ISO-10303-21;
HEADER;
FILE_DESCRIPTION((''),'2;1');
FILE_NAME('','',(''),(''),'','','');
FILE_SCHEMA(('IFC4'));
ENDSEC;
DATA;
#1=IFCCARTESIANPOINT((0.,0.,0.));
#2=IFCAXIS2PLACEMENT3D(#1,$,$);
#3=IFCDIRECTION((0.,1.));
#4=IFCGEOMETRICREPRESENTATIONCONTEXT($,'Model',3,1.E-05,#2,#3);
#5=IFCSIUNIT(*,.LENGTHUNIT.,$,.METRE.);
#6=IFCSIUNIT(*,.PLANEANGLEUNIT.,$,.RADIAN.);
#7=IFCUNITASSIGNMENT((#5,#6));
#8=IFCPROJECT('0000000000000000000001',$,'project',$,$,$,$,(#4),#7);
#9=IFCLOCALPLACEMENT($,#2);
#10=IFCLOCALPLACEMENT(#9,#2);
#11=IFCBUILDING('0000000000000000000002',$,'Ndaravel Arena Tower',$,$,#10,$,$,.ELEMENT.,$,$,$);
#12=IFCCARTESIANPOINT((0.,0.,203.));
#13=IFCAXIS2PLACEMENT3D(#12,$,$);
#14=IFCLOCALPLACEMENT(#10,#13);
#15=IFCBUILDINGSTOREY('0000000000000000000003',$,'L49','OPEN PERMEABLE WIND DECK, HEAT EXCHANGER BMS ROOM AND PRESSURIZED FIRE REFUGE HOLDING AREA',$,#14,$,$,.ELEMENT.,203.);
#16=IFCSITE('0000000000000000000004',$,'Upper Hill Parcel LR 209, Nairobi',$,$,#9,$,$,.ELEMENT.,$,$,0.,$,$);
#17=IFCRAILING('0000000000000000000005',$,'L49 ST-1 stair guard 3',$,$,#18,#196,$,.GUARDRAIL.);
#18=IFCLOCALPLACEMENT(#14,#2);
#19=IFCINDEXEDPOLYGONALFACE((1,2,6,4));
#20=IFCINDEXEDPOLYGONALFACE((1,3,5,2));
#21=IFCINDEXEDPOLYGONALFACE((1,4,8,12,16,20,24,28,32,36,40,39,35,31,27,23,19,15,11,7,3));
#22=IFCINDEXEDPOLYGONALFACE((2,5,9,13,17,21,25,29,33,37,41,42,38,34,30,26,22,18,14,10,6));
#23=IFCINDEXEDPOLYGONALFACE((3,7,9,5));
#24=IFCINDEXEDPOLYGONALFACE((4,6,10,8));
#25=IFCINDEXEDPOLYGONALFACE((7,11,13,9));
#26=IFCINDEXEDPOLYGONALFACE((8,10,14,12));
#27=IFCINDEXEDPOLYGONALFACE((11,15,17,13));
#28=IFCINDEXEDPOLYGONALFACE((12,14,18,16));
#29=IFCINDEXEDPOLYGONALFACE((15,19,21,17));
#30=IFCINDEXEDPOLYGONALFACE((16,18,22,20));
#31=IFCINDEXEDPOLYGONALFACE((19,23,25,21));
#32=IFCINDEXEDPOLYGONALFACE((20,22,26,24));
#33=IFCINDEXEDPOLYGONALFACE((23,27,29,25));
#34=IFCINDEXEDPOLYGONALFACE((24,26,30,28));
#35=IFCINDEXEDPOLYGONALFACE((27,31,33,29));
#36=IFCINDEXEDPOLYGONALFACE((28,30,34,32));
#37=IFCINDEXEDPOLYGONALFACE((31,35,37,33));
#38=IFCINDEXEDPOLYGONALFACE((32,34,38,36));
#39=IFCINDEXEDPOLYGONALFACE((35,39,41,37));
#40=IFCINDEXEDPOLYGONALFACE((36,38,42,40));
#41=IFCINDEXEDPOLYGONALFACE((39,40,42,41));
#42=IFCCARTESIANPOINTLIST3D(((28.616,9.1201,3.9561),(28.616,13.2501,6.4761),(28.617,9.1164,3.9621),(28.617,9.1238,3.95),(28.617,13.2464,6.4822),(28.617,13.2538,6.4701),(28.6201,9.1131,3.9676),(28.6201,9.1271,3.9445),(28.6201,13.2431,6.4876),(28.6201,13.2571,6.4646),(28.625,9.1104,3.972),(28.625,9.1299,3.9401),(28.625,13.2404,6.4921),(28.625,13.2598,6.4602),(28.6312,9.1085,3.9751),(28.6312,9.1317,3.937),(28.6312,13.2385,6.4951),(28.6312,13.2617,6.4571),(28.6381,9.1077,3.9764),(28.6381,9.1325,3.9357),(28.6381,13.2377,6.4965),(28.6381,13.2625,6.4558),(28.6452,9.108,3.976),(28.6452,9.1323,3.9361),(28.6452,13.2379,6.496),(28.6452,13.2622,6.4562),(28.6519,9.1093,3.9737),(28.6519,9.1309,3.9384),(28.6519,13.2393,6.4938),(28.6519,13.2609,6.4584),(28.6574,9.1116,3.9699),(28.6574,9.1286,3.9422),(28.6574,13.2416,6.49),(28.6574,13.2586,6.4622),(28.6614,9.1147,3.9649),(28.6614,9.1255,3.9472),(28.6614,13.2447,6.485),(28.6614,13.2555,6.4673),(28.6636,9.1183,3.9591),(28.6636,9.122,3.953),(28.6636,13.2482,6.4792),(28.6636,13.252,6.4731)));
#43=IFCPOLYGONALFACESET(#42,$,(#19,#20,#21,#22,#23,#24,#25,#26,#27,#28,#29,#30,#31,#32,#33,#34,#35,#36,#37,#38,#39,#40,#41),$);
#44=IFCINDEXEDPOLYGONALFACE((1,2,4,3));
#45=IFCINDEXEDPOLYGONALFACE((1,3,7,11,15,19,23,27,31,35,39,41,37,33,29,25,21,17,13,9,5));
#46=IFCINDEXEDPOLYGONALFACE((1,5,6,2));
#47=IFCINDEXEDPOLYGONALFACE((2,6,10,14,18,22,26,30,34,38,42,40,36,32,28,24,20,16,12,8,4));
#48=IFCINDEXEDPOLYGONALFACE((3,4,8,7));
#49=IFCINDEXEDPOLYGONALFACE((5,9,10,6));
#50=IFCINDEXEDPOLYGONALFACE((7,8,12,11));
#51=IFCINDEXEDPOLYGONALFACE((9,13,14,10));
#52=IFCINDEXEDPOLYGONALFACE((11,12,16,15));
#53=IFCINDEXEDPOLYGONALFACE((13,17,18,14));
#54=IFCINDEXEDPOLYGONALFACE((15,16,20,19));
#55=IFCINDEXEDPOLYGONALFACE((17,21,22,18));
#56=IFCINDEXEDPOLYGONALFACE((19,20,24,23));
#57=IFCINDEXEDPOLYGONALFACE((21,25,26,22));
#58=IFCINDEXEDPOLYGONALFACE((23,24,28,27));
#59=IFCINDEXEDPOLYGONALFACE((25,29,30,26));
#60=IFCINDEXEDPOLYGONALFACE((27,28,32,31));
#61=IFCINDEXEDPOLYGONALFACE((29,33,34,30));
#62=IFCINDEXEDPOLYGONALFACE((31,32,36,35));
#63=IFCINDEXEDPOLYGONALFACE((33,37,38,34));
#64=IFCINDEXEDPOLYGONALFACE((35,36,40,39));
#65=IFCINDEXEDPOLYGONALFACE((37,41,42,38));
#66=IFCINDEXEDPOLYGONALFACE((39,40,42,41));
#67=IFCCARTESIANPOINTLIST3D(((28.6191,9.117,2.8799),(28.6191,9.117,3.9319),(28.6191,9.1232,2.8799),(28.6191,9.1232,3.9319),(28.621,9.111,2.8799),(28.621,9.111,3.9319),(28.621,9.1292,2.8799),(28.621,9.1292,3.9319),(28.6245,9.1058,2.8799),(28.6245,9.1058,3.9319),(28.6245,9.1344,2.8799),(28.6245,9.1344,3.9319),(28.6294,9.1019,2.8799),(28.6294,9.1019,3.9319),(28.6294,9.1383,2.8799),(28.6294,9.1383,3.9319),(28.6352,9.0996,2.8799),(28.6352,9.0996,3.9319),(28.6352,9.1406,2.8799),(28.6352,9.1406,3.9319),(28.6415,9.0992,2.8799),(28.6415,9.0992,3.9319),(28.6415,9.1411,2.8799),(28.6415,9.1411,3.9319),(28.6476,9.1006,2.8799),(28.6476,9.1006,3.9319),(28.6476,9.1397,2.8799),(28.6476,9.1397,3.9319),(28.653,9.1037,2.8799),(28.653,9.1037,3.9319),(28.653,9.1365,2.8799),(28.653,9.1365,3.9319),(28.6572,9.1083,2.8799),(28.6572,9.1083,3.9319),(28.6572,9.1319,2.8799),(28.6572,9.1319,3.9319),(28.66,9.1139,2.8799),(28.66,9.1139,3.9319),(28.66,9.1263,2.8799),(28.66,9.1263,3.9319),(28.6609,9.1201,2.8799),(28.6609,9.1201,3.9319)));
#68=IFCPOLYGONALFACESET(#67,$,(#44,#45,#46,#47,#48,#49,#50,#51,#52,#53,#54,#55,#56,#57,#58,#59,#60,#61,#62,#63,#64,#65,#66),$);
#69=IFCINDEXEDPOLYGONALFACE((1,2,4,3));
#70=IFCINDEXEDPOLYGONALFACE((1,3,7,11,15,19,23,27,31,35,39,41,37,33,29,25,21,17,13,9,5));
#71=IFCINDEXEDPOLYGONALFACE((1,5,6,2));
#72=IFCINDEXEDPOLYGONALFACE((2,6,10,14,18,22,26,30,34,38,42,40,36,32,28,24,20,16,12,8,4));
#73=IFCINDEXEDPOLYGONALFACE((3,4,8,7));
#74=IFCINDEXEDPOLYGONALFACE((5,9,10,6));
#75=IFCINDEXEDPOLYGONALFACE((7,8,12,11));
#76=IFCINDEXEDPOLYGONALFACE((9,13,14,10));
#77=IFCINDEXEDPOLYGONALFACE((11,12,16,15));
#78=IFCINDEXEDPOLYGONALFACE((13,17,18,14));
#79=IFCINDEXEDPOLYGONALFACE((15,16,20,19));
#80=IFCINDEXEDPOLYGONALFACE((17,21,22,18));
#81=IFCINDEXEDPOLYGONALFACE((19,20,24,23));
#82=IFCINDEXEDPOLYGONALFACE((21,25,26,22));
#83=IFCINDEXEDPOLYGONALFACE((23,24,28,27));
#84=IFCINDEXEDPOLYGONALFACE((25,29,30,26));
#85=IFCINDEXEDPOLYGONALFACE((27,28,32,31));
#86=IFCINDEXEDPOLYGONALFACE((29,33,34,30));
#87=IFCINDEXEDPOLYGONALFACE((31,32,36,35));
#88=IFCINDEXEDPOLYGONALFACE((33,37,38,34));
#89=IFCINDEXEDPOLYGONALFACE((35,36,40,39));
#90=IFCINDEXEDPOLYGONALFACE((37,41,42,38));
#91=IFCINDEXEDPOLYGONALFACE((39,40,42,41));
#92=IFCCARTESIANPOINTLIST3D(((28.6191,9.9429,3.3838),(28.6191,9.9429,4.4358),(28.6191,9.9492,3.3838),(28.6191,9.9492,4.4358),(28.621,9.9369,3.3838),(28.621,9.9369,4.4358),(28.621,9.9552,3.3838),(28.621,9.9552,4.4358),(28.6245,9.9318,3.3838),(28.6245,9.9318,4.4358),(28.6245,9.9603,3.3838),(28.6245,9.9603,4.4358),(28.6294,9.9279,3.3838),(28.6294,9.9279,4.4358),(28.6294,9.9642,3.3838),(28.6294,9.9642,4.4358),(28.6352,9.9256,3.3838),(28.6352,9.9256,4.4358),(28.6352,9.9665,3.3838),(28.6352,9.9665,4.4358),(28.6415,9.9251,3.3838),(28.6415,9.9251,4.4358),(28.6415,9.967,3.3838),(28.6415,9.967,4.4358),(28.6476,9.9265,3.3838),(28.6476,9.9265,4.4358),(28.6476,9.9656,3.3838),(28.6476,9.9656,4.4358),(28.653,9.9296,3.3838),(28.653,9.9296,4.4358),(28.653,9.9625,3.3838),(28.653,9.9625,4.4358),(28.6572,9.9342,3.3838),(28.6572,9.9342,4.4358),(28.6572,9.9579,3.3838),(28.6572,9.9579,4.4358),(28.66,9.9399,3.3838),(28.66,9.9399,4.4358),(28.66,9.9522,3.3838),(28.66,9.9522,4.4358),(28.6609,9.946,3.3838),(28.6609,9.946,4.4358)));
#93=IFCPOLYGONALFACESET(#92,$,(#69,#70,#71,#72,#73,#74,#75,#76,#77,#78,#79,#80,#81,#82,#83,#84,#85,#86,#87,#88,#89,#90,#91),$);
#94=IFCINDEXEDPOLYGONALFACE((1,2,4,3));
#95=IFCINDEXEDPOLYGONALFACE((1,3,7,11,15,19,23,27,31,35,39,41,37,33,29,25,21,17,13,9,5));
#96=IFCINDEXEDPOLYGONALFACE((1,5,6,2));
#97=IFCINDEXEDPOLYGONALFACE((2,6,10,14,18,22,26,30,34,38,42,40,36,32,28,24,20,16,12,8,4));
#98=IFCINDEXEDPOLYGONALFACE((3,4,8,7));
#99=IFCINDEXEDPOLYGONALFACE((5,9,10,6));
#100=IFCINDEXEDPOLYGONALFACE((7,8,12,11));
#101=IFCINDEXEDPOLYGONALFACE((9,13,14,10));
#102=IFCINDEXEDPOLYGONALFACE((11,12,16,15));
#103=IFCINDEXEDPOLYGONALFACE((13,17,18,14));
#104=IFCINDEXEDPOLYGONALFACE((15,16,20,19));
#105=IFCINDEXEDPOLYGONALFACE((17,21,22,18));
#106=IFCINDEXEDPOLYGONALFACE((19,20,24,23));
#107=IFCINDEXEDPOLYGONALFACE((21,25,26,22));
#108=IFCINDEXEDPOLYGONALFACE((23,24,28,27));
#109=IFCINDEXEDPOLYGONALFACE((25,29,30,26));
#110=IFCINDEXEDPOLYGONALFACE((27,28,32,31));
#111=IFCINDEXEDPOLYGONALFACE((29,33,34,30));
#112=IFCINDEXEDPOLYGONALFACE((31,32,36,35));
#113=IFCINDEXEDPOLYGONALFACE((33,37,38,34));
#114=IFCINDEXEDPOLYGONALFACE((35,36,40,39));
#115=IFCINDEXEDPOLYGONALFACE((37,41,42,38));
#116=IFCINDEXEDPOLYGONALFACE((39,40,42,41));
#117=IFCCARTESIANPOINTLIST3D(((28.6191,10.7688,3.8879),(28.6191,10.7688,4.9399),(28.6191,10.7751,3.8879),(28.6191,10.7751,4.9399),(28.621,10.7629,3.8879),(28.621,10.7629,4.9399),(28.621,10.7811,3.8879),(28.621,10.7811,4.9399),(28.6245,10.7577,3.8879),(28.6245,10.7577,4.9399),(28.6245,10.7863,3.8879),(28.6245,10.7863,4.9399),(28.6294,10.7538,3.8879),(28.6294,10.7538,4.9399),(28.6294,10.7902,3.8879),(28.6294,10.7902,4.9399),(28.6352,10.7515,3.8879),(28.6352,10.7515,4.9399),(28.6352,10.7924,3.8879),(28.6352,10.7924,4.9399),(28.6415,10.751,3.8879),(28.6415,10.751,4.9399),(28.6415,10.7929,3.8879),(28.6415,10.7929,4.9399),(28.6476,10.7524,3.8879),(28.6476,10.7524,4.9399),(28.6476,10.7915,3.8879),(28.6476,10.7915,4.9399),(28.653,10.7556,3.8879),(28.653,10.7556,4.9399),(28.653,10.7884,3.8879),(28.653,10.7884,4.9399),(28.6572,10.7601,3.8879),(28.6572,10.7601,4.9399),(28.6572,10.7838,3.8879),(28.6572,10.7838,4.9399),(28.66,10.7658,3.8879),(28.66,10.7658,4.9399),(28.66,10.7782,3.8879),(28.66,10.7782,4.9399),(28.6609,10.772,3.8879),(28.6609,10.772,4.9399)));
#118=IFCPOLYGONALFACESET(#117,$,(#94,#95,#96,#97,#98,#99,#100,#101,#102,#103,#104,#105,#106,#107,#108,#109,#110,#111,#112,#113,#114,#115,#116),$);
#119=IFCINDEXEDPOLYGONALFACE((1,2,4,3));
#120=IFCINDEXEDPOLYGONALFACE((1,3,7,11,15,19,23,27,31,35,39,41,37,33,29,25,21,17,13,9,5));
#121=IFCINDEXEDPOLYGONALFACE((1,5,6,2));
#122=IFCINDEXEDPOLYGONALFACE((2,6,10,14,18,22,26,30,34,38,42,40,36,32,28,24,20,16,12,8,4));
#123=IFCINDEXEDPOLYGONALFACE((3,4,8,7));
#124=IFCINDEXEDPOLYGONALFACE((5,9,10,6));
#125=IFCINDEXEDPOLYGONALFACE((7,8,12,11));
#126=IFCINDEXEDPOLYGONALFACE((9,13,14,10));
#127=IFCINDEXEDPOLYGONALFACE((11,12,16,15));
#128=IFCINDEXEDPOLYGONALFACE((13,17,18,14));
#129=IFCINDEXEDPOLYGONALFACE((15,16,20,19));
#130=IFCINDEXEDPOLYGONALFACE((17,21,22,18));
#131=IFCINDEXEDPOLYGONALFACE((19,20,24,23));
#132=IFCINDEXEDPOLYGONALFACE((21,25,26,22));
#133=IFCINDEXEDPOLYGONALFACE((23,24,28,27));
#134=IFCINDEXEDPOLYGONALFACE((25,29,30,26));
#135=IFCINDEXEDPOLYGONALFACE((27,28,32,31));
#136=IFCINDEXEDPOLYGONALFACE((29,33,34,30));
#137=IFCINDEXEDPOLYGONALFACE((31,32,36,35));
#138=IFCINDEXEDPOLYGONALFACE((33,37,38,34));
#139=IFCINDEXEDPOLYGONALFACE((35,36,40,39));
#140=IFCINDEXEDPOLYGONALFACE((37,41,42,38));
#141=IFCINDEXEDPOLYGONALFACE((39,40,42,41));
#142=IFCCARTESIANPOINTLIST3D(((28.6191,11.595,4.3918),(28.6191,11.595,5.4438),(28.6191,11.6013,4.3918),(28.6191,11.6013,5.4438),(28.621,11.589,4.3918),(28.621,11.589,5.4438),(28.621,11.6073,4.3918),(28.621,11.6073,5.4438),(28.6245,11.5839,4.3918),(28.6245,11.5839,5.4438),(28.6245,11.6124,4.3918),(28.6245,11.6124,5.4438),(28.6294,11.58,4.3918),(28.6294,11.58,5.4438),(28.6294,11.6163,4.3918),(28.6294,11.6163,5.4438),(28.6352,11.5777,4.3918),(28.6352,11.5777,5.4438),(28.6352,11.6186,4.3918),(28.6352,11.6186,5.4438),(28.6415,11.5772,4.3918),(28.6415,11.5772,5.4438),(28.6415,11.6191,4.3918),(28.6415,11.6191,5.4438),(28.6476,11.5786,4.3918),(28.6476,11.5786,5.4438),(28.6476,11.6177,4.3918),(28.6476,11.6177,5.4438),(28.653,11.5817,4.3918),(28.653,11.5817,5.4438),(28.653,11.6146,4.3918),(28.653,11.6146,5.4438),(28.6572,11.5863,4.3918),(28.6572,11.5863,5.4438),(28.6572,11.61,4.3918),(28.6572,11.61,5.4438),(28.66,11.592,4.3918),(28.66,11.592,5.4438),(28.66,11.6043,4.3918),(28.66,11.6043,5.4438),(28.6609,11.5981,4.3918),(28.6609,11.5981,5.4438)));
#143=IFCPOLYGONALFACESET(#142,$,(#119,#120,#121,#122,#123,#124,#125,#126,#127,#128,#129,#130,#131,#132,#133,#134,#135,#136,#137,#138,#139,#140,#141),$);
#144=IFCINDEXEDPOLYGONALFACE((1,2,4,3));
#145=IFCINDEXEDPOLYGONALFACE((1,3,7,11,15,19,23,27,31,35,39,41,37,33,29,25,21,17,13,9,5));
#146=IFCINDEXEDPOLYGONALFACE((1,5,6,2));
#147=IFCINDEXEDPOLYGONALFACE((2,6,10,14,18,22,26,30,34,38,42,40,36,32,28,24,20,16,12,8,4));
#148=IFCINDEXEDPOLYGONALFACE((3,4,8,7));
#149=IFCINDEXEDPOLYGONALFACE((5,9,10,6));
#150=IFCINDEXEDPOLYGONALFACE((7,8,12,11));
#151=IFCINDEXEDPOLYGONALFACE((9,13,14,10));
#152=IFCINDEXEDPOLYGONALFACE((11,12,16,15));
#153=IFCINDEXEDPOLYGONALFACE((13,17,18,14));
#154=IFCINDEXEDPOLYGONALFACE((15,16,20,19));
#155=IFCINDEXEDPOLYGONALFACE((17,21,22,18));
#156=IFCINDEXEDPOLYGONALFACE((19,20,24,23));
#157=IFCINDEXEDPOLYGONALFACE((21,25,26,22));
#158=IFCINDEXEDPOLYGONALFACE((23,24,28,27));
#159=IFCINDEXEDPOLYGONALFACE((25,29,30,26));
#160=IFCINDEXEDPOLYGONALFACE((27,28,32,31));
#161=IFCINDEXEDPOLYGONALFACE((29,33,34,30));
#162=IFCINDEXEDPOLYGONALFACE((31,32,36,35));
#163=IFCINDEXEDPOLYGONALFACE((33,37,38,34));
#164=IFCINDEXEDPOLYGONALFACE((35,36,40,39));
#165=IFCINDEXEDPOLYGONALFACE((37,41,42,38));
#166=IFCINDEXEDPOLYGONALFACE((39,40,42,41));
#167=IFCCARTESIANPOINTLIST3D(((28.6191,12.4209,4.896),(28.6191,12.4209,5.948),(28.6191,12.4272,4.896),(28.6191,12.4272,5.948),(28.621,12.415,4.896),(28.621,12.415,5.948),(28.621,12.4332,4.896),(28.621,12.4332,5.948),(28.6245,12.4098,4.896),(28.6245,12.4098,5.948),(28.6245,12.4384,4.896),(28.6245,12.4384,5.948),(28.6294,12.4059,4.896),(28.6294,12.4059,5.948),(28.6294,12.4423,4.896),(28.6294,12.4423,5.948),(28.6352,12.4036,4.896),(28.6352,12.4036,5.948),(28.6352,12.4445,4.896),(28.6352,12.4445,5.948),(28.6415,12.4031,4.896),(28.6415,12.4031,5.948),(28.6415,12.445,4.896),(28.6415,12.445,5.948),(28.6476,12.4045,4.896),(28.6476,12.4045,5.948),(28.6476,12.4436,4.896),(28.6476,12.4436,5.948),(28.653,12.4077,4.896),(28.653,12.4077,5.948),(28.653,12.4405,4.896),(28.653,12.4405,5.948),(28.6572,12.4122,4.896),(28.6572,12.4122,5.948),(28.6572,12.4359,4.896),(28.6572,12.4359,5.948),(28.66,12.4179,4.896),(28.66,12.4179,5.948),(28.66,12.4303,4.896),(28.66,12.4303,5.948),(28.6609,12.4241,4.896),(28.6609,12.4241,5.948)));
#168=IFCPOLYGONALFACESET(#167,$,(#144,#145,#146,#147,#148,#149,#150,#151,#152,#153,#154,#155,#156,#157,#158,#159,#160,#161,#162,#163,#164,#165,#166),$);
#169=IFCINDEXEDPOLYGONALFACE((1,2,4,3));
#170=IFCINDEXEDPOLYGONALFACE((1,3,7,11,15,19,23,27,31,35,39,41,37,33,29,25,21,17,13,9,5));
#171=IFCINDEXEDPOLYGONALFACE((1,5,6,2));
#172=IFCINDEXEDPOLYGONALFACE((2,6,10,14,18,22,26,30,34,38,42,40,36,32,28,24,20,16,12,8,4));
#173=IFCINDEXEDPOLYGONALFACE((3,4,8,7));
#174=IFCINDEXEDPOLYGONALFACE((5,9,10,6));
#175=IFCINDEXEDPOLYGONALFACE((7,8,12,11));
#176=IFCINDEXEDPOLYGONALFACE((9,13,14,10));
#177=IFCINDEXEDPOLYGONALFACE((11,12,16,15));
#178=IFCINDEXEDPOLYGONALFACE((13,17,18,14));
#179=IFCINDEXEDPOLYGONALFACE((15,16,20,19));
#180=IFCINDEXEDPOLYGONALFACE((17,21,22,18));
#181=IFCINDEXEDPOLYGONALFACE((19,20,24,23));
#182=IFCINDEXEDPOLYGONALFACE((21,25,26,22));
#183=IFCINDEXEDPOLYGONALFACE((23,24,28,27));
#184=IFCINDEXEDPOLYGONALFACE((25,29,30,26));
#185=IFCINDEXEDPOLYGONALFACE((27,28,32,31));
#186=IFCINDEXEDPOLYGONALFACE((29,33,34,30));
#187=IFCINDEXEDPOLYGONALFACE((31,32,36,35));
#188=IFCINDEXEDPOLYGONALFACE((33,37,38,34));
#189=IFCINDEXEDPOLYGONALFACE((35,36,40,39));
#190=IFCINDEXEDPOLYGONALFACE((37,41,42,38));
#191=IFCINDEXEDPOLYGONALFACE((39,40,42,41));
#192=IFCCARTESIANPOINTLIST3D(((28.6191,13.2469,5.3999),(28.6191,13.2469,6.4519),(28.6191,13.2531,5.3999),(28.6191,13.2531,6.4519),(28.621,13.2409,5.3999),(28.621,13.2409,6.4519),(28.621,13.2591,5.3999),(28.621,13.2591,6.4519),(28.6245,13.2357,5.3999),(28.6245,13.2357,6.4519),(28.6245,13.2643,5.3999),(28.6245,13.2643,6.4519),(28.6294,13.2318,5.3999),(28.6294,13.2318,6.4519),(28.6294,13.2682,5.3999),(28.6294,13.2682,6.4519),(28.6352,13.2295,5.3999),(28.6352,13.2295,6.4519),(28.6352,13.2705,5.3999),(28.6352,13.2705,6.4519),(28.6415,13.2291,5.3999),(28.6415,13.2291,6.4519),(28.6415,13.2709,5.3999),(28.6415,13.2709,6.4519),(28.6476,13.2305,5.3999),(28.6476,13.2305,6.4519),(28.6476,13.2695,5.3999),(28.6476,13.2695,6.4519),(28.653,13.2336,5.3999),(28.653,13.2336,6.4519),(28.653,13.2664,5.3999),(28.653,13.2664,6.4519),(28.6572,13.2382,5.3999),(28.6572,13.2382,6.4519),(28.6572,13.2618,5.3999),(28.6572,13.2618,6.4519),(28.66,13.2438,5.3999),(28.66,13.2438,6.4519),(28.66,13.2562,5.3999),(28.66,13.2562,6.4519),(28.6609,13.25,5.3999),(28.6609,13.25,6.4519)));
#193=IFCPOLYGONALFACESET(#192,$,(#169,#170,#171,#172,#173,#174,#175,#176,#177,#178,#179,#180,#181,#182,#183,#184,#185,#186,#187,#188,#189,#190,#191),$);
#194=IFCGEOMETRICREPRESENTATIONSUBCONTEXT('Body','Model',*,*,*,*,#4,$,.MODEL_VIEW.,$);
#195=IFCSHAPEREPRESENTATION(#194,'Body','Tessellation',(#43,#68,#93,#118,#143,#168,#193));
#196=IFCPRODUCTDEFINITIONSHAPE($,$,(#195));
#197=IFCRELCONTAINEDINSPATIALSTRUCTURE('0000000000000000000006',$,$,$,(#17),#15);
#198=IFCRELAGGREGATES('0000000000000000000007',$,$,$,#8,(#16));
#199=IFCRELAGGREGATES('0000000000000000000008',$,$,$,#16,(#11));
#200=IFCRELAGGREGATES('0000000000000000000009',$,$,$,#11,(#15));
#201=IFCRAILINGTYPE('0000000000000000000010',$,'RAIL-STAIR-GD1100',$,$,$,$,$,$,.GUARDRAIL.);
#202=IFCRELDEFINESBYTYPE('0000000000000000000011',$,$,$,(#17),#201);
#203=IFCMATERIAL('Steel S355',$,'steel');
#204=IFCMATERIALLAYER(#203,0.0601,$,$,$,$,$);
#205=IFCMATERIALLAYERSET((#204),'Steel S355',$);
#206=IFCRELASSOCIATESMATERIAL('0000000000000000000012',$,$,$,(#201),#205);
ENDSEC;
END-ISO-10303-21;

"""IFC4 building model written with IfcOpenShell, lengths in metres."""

from ifc_helpers import new_model, si_unit, direction, frame, origin, origin_2d, place, context, subcontext, project, spatial, circle, extrude, material, layer, layer_set, type_object, element, save


model = new_model("IFC4")

# Units and contexts
model_context = context("Model", 3, precision=1e-05, world=origin(), true_north=direction((0.0, 1.0)))
body_context = subcontext(model_context, "Body", "Model", "MODEL_VIEW")
ifc_project = project(units=[si_unit("LENGTHUNIT", "METRE"), si_unit("PLANEANGLEUNIT", "RADIAN")], contexts=[model_context])

# Site, building, storey
site_placement = place(None, origin())
site = spatial("IfcSite", under=ifc_project, at=site_placement, Name="Upper Hill Parcel LR 209, Nairobi", CompositionType="ELEMENT", RefElevation=0.0)
building_placement = place(site_placement, origin())
building = spatial("IfcBuilding", under=site, at=building_placement, Name="Ndaravel Arena Tower", CompositionType="ELEMENT")
storey_placement = place(building_placement, frame((0.0, 0.0, 203.0)))
storey = spatial("IfcBuildingStorey", under=building, at=storey_placement, Name="L49", Description="OPEN PERMEABLE WIND DECK, HEAT EXCHANGER BMS ROOM AND PRESSURIZED FIRE REFUGE HOLDING AREA", CompositionType="ELEMENT", Elevation=203.0)

# Railing
ifc_material_1 = material(Name="Steel S355", Category="steel")
ifc_layer_1 = layer(ifc_material_1, 0.0601)
ifc_layer_set_1 = layer_set([ifc_layer_1], Name="Steel S355")
railing_type_1 = type_object("IfcRailingType", Name="RAIL-STAIR-GD1100", PredefinedType="GUARDRAIL", material=ifc_layer_set_1)
railing_1_placement = place(storey_placement, frame((28.6399, 9.1201, 2.8799)))
element("IfcRailing", 1, at=railing_1_placement, inside=storey, type_object=railing_type_1, Name="L49 ST-1 stair guard 3", PredefinedType="GUARDRAIL", context=body_context, shape_type="SweptSolid", body=[
    extrude(circle(Radius=0.0239, at=origin_2d()), frame((0.0, 0.0, 1.0762), z_axis=(0.0, 0.853631, 0.520878), x_axis=(-1.0, 0.0, 0.0)), (0.0, 0.0, 1.0), 4.8381),
    extrude(circle(Radius=0.021, at=origin_2d()), origin(), (0.0, 0.0, 1.0), 1.052),
    extrude(circle(Radius=0.021, at=origin_2d()), frame((0.0, 0.8259, 0.5039)), (0.0, 0.0, 1.0), 1.052),
    extrude(circle(Radius=0.021, at=origin_2d()), frame((0.0, 1.6519, 1.0081)), (0.0, 0.0, 1.0), 1.052),
    extrude(circle(Radius=0.021, at=origin_2d()), frame((0.0, 2.478, 1.512)), (0.0, 0.0, 1.0), 1.052),
    extrude(circle(Radius=0.021, at=origin_2d()), frame((0.0, 3.304, 2.0161)), (0.0, 0.0, 1.0), 1.052),
    extrude(circle(Radius=0.021, at=origin_2d()), frame((0.0, 4.1299, 2.52)), (0.0, 0.0, 1.0), 1.052),
])

save(model, "model.ifc")
